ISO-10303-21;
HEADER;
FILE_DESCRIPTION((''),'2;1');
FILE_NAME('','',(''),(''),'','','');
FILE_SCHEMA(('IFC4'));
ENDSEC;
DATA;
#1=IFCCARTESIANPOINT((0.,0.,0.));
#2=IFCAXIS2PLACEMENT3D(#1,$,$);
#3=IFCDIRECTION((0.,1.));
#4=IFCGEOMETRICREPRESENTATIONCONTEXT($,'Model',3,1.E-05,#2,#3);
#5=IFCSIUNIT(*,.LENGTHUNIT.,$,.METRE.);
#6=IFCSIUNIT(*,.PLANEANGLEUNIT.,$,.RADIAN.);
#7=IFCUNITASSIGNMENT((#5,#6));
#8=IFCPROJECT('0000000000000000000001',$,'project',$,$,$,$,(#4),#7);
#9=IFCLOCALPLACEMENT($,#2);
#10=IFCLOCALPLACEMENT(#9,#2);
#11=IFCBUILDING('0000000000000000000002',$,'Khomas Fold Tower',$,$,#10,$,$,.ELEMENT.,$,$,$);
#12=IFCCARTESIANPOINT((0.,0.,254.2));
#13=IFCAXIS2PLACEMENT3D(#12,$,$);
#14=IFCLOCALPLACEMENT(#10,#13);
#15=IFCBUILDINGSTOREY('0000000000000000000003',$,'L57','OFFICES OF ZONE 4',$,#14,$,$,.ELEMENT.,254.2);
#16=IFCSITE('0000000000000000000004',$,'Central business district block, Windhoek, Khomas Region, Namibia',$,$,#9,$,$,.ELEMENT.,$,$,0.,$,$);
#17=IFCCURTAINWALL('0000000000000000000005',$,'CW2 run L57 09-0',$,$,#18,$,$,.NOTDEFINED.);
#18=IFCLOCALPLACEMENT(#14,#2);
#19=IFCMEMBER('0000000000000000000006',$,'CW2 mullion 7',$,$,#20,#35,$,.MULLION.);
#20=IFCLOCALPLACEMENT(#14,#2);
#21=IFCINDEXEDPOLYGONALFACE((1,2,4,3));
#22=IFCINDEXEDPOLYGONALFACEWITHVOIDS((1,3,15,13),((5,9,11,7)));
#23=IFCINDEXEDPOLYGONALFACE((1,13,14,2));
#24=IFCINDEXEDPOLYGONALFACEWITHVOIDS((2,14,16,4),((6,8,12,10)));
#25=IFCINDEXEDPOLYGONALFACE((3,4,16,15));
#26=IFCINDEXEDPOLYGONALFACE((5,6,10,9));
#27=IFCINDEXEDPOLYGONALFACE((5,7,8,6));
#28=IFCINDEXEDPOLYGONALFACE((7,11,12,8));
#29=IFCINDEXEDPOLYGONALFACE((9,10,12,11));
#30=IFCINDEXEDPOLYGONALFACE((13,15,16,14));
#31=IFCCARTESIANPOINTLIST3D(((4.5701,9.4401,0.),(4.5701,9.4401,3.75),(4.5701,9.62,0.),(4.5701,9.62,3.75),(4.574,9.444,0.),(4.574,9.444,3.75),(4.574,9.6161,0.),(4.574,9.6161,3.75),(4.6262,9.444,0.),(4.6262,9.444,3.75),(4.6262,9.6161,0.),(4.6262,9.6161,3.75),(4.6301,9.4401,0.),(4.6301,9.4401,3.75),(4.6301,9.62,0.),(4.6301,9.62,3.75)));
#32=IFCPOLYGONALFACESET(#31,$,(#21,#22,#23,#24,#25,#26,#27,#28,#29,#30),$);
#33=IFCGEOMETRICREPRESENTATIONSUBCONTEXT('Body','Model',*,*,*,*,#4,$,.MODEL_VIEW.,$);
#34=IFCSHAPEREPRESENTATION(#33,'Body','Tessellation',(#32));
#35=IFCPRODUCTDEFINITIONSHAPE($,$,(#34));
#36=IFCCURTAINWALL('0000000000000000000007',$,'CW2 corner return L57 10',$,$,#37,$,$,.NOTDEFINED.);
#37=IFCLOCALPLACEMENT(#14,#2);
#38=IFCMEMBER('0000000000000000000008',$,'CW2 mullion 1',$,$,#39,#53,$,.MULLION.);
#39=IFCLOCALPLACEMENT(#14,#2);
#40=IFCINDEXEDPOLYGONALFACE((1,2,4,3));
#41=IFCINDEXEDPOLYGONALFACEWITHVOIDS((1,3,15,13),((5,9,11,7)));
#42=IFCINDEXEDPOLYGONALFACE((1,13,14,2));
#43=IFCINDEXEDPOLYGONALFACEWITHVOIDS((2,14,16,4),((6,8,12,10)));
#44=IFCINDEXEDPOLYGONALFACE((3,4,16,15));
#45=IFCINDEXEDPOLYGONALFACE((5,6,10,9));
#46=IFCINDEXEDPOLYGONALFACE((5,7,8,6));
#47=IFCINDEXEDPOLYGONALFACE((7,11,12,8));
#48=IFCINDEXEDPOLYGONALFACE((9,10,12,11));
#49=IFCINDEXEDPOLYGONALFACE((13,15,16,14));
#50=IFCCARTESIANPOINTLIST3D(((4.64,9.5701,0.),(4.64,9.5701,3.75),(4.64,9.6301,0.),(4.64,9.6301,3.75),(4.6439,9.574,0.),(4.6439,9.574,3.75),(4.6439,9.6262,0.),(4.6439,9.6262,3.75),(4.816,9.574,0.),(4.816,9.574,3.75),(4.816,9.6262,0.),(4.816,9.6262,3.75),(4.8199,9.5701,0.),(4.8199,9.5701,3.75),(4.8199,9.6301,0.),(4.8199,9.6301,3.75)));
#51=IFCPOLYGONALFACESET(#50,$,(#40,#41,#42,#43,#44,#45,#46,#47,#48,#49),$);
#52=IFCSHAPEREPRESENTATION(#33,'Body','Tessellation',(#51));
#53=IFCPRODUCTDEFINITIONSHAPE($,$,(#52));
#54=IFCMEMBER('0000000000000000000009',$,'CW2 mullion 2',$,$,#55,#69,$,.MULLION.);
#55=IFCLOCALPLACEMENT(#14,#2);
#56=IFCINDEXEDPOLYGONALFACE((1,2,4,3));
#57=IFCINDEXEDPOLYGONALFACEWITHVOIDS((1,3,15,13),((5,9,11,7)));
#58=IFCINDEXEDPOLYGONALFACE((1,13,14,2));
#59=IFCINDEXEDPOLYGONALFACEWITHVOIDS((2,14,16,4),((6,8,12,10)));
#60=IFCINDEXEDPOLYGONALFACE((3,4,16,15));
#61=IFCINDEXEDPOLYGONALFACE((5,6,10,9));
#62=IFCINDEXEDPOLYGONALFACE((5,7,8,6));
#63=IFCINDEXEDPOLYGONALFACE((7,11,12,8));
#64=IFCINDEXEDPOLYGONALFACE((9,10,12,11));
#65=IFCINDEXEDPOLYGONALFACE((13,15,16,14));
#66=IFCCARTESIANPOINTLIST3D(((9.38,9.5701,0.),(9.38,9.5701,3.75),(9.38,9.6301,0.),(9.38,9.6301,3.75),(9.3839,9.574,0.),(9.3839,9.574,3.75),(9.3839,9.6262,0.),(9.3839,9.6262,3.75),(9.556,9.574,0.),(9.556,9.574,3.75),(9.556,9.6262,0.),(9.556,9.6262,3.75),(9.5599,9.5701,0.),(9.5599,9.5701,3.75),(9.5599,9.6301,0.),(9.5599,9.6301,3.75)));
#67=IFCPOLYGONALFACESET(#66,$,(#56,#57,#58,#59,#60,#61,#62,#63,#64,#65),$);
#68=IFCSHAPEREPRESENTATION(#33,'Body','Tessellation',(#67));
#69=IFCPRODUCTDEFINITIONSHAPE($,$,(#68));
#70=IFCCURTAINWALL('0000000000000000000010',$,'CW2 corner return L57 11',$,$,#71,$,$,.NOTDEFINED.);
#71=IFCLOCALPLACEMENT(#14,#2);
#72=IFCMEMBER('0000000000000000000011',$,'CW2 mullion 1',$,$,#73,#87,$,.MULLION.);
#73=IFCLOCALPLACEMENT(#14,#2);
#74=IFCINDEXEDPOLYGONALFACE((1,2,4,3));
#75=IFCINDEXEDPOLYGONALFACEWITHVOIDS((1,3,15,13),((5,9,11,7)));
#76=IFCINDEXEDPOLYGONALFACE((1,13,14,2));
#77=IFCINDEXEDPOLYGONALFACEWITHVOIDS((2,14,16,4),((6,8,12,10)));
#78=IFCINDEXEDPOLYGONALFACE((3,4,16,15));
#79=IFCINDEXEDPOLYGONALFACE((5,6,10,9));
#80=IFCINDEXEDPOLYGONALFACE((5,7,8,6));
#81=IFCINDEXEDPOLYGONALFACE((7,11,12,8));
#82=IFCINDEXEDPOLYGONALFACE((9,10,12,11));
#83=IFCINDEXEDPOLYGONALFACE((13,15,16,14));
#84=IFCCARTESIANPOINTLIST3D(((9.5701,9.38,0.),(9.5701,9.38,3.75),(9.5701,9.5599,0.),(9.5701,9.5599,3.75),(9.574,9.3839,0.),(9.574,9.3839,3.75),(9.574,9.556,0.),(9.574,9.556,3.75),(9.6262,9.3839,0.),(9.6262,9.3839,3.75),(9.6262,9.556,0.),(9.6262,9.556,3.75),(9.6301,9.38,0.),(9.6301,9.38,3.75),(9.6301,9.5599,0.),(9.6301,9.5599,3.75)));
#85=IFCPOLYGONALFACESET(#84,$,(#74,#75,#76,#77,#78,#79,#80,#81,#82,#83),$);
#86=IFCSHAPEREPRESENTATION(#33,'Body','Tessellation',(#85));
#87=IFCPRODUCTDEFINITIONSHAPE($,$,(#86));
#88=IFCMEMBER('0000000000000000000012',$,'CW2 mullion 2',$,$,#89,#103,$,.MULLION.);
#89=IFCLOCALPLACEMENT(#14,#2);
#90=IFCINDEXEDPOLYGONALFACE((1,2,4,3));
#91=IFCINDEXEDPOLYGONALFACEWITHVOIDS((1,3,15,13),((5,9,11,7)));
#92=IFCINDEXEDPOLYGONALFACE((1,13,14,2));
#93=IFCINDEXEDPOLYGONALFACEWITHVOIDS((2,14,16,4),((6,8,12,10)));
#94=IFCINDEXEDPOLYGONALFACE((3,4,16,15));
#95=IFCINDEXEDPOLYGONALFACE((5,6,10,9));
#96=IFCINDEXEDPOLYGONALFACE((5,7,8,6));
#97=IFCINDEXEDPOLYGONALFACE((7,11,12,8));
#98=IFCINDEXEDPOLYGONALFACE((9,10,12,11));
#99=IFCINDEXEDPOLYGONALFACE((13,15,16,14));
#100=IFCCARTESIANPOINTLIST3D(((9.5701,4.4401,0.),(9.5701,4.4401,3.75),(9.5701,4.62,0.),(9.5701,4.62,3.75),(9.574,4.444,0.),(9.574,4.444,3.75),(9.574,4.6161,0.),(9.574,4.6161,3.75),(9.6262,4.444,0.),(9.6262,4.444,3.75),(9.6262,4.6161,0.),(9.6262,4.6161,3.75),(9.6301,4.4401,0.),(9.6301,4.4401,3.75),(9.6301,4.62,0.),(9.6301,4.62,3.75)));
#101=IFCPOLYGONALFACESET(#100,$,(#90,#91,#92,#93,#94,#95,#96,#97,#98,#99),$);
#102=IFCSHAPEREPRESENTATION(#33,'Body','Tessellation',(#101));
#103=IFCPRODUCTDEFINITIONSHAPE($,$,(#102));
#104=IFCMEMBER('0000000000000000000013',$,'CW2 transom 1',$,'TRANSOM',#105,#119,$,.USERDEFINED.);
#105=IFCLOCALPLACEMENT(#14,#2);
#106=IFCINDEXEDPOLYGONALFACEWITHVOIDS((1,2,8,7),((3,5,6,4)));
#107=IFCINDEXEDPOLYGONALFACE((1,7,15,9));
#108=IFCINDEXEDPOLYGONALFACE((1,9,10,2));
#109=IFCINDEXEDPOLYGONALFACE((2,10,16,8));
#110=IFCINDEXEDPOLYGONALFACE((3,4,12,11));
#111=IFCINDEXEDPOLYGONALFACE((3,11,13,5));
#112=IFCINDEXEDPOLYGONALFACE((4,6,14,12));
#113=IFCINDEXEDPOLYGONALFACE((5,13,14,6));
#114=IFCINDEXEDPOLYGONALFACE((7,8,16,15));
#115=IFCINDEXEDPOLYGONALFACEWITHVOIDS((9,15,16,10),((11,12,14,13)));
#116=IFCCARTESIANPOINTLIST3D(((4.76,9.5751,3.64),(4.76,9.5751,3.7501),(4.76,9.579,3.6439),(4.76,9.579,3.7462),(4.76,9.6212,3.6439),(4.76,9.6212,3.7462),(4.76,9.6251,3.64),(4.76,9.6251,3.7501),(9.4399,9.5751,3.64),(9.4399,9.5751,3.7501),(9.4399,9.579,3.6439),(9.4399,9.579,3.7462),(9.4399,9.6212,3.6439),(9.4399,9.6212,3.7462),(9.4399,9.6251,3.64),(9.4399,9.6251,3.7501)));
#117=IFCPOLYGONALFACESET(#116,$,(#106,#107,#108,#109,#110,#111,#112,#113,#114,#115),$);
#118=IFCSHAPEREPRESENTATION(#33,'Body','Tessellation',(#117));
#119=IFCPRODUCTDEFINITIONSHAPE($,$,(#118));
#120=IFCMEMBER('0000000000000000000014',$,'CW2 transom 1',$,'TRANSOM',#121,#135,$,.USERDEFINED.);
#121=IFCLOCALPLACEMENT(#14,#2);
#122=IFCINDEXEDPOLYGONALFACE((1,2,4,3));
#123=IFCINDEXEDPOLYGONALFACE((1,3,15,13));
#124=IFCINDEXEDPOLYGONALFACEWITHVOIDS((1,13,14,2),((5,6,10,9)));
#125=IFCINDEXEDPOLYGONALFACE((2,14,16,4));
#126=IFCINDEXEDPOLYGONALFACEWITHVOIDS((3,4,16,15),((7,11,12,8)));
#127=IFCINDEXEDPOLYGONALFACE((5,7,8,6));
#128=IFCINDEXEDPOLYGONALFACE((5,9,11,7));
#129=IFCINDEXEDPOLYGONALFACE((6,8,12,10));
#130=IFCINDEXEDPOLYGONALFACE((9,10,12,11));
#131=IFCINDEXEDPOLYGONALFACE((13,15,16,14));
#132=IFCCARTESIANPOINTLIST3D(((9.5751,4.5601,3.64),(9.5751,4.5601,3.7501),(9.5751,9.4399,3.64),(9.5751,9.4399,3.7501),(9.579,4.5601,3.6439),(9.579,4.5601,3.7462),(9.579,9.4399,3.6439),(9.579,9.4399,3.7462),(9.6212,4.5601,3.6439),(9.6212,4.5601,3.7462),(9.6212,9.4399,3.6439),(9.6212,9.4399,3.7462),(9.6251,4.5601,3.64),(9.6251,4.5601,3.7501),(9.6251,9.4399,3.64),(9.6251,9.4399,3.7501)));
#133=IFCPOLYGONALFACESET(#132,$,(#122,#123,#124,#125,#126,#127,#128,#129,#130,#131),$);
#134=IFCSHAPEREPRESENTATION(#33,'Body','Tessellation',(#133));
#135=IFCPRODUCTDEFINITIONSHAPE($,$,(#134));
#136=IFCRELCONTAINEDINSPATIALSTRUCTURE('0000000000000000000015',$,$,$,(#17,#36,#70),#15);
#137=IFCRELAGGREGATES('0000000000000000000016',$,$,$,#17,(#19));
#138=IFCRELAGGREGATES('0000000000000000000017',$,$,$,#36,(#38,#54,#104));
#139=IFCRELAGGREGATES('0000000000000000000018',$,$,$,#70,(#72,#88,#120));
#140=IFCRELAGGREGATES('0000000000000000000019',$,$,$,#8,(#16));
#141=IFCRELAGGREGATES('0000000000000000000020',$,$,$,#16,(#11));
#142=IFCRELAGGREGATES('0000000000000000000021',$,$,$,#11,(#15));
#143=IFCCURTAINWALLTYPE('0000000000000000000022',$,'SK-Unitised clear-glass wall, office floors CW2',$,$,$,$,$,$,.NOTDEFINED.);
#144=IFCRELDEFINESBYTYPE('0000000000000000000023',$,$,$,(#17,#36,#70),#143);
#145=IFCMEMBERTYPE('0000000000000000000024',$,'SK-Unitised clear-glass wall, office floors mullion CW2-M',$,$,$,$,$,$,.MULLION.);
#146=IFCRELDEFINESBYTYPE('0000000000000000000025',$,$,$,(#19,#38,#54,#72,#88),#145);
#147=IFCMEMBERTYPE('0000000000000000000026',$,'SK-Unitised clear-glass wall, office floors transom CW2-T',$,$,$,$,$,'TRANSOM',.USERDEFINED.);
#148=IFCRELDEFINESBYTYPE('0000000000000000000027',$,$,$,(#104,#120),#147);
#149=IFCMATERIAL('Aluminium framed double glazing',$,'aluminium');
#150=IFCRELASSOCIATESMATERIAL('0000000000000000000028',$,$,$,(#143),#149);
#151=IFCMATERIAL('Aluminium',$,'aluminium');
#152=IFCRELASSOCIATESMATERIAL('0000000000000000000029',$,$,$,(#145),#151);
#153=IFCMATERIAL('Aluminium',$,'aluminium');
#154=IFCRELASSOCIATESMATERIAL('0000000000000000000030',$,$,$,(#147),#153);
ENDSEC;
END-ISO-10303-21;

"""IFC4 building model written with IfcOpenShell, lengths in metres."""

from ifc_helpers import new_model, si_unit, direction, frame, origin, origin_2d, place, context, subcontext, project, spatial, hollow_rectangle, extrude, source, transform, mapped, material, material_profile, profile_set, type_object, element, aggregate, save


model = new_model("IFC4")

# Units and contexts
model_context = context("Model", 3, precision=1e-05, world=origin(), true_north=direction((0.0, 1.0)))
body_context = subcontext(model_context, "Body", "Model", "MODEL_VIEW")
ifc_project = project(units=[si_unit("LENGTHUNIT", "METRE"), si_unit("PLANEANGLEUNIT", "RADIAN")], contexts=[model_context])

# Site, building, storey
site_placement = place(None, origin())
site = spatial("IfcSite", under=ifc_project, at=site_placement, Name="Central business district block, Windhoek, Khomas Region, Namibia", CompositionType="ELEMENT", RefElevation=0.0)
building_placement = place(site_placement, origin())
building = spatial("IfcBuilding", under=site, at=building_placement, Name="Khomas Fold Tower", CompositionType="ELEMENT")
storey_placement = place(building_placement, frame((0.0, 0.0, 254.2)))
storey = spatial("IfcBuildingStorey", under=building, at=storey_placement, Name="L57", Description="OFFICES OF ZONE 4", CompositionType="ELEMENT", Elevation=254.2)

# Curtain wall, member
ifc_material_1 = material(Name="Aluminium framed double glazing", Category="aluminium")
curtain_wall_type = type_object("IfcCurtainWallType", Name="SK-Unitised clear-glass wall, office floors CW2", PredefinedType="NOTDEFINED", material=ifc_material_1)
curtain_wall_1_placement = place(storey_placement, origin())
curtain_wall_1 = element("IfcCurtainWall", 1, at=curtain_wall_1_placement, inside=storey, type_object=curtain_wall_type, Name="CW2 run L57 09-0", PredefinedType="NOTDEFINED")
ifc_material_2 = material(Name="Aluminium", Category="aluminium")
ifc_material_profile_1 = material_profile(ifc_material_2, hollow_rectangle(XDim=0.0601, YDim=0.1799, WallThickness=0.0039, at=origin_2d()), Name="SK-Unitised clear-glass wall, office floors mullion CW2-M")
ifc_profile_set_1 = profile_set([ifc_material_profile_1], Name="Aluminium")
member_type_1 = type_object("IfcMemberType", Name="SK-Unitised clear-glass wall, office floors mullion CW2-M", PredefinedType="MULLION", material=ifc_profile_set_1)
shared_shape_1 = source(origin(), body_context, "Body", "SweptSolid", [
    extrude(hollow_rectangle(XDim=0.0601, YDim=0.1799, WallThickness=0.0039, at=origin_2d()), origin(), (0.0, 0.0, 1.0), 3.75),
])
member_1_placement = place(storey_placement, frame((4.6001, 9.53, 0.0), z_axis=(0.0, 0.0, 1.0), x_axis=(1.0, 0.0, 0.0)))
member_1 = element("IfcMember", 2, at=member_1_placement, type_object=member_type_1, Name="CW2 mullion 7", PredefinedType="MULLION", context=body_context, shape_type="MappedRepresentation", body=[
    mapped(shared_shape_1, transform((0.0, 0.0, 0.0))),
])

# Curtain walls, members
curtain_wall_2_placement = place(storey_placement, origin())
curtain_wall_2 = element("IfcCurtainWall", 3, at=curtain_wall_2_placement, inside=storey, type_object=curtain_wall_type, Name="CW2 corner return L57 10", PredefinedType="NOTDEFINED")
member_2_placement = place(storey_placement, frame((4.73, 9.6001, 0.0), z_axis=(0.0, 0.0, 1.0), x_axis=(0.0, 1.0, 0.0)))
member_2 = element("IfcMember", 4, at=member_2_placement, type_object=member_type_1, Name="CW2 mullion 1", PredefinedType="MULLION", context=body_context, shape_type="MappedRepresentation", body=[
    mapped(shared_shape_1, transform((0.0, 0.0, 0.0))),
])
member_3_placement = place(storey_placement, frame((9.47, 9.6001, 0.0), z_axis=(0.0, 0.0, 1.0), x_axis=(0.0, 1.0, 0.0)))
member_3 = element("IfcMember", 5, at=member_3_placement, type_object=member_type_1, Name="CW2 mullion 2", PredefinedType="MULLION", context=body_context, shape_type="MappedRepresentation", body=[
    mapped(shared_shape_1, transform((0.0, 0.0, 0.0))),
])
curtain_wall_3_placement = place(storey_placement, origin())
curtain_wall_3 = element("IfcCurtainWall", 6, at=curtain_wall_3_placement, inside=storey, type_object=curtain_wall_type, Name="CW2 corner return L57 11", PredefinedType="NOTDEFINED")
member_4_placement = place(storey_placement, frame((9.6001, 9.47, 0.0), z_axis=(0.0, 0.0, 1.0), x_axis=(1.0, 0.0, 0.0)))
member_4 = element("IfcMember", 7, at=member_4_placement, type_object=member_type_1, Name="CW2 mullion 1", PredefinedType="MULLION", context=body_context, shape_type="MappedRepresentation", body=[
    mapped(shared_shape_1, transform((0.0, 0.0, 0.0))),
])
member_5_placement = place(storey_placement, frame((9.6001, 4.53, 0.0), z_axis=(0.0, 0.0, 1.0), x_axis=(1.0, 0.0, 0.0)))
member_5 = element("IfcMember", 8, at=member_5_placement, type_object=member_type_1, Name="CW2 mullion 2", PredefinedType="MULLION", context=body_context, shape_type="MappedRepresentation", body=[
    mapped(shared_shape_1, transform((0.0, 0.0, 0.0))),
])

# Members
ifc_material_3 = material(Name="Aluminium", Category="aluminium")
ifc_material_profile_2 = material_profile(ifc_material_3, hollow_rectangle(XDim=0.05, YDim=0.1101, WallThickness=0.0039, at=origin_2d()), Name="SK-Unitised clear-glass wall, office floors transom CW2-T")
ifc_profile_set_2 = profile_set([ifc_material_profile_2], Name="Aluminium")
member_type_2 = type_object("IfcMemberType", Name="SK-Unitised clear-glass wall, office floors transom CW2-T", ElementType="TRANSOM", PredefinedType="USERDEFINED", material=ifc_profile_set_2)
shared_shape_2 = source(origin(), body_context, "Body", "SweptSolid", [
    extrude(hollow_rectangle(XDim=0.05, YDim=0.1101, WallThickness=0.0039, at=origin_2d()), origin(), (0.0, 0.0, 1.0), 4.6799),
])
member_6_placement = place(storey_placement, frame((4.76, 9.6001, 3.6951), z_axis=(1.0, 0.0, 0.0), x_axis=(0.0, 1.0, 0.0)))
member_6 = element("IfcMember", 9, at=member_6_placement, type_object=member_type_2, Name="CW2 transom 1", ObjectType="TRANSOM", PredefinedType="USERDEFINED", context=body_context, shape_type="MappedRepresentation", body=[
    mapped(shared_shape_2, transform((0.0, 0.0, 0.0))),
])
shared_shape_3 = source(origin(), body_context, "Body", "SweptSolid", [
    extrude(hollow_rectangle(XDim=0.05, YDim=0.1101, WallThickness=0.0039, at=origin_2d()), origin(), (0.0, 0.0, 1.0), 4.8799),
])
member_7_placement = place(storey_placement, frame((9.6001, 9.4399, 3.6951), z_axis=(0.0, -1.0, 0.0), x_axis=(1.0, 0.0, 0.0)))
member_7 = element("IfcMember", 10, at=member_7_placement, type_object=member_type_2, Name="CW2 transom 1", ObjectType="TRANSOM", PredefinedType="USERDEFINED", context=body_context, shape_type="MappedRepresentation", body=[
    mapped(shared_shape_3, transform((0.0, 0.0, 0.0))),
])

aggregate(curtain_wall_1, [member_1])
aggregate(curtain_wall_2, [member_2, member_3, member_6])
aggregate(curtain_wall_3, [member_4, member_5, member_7])

save(model, "model.ifc")
